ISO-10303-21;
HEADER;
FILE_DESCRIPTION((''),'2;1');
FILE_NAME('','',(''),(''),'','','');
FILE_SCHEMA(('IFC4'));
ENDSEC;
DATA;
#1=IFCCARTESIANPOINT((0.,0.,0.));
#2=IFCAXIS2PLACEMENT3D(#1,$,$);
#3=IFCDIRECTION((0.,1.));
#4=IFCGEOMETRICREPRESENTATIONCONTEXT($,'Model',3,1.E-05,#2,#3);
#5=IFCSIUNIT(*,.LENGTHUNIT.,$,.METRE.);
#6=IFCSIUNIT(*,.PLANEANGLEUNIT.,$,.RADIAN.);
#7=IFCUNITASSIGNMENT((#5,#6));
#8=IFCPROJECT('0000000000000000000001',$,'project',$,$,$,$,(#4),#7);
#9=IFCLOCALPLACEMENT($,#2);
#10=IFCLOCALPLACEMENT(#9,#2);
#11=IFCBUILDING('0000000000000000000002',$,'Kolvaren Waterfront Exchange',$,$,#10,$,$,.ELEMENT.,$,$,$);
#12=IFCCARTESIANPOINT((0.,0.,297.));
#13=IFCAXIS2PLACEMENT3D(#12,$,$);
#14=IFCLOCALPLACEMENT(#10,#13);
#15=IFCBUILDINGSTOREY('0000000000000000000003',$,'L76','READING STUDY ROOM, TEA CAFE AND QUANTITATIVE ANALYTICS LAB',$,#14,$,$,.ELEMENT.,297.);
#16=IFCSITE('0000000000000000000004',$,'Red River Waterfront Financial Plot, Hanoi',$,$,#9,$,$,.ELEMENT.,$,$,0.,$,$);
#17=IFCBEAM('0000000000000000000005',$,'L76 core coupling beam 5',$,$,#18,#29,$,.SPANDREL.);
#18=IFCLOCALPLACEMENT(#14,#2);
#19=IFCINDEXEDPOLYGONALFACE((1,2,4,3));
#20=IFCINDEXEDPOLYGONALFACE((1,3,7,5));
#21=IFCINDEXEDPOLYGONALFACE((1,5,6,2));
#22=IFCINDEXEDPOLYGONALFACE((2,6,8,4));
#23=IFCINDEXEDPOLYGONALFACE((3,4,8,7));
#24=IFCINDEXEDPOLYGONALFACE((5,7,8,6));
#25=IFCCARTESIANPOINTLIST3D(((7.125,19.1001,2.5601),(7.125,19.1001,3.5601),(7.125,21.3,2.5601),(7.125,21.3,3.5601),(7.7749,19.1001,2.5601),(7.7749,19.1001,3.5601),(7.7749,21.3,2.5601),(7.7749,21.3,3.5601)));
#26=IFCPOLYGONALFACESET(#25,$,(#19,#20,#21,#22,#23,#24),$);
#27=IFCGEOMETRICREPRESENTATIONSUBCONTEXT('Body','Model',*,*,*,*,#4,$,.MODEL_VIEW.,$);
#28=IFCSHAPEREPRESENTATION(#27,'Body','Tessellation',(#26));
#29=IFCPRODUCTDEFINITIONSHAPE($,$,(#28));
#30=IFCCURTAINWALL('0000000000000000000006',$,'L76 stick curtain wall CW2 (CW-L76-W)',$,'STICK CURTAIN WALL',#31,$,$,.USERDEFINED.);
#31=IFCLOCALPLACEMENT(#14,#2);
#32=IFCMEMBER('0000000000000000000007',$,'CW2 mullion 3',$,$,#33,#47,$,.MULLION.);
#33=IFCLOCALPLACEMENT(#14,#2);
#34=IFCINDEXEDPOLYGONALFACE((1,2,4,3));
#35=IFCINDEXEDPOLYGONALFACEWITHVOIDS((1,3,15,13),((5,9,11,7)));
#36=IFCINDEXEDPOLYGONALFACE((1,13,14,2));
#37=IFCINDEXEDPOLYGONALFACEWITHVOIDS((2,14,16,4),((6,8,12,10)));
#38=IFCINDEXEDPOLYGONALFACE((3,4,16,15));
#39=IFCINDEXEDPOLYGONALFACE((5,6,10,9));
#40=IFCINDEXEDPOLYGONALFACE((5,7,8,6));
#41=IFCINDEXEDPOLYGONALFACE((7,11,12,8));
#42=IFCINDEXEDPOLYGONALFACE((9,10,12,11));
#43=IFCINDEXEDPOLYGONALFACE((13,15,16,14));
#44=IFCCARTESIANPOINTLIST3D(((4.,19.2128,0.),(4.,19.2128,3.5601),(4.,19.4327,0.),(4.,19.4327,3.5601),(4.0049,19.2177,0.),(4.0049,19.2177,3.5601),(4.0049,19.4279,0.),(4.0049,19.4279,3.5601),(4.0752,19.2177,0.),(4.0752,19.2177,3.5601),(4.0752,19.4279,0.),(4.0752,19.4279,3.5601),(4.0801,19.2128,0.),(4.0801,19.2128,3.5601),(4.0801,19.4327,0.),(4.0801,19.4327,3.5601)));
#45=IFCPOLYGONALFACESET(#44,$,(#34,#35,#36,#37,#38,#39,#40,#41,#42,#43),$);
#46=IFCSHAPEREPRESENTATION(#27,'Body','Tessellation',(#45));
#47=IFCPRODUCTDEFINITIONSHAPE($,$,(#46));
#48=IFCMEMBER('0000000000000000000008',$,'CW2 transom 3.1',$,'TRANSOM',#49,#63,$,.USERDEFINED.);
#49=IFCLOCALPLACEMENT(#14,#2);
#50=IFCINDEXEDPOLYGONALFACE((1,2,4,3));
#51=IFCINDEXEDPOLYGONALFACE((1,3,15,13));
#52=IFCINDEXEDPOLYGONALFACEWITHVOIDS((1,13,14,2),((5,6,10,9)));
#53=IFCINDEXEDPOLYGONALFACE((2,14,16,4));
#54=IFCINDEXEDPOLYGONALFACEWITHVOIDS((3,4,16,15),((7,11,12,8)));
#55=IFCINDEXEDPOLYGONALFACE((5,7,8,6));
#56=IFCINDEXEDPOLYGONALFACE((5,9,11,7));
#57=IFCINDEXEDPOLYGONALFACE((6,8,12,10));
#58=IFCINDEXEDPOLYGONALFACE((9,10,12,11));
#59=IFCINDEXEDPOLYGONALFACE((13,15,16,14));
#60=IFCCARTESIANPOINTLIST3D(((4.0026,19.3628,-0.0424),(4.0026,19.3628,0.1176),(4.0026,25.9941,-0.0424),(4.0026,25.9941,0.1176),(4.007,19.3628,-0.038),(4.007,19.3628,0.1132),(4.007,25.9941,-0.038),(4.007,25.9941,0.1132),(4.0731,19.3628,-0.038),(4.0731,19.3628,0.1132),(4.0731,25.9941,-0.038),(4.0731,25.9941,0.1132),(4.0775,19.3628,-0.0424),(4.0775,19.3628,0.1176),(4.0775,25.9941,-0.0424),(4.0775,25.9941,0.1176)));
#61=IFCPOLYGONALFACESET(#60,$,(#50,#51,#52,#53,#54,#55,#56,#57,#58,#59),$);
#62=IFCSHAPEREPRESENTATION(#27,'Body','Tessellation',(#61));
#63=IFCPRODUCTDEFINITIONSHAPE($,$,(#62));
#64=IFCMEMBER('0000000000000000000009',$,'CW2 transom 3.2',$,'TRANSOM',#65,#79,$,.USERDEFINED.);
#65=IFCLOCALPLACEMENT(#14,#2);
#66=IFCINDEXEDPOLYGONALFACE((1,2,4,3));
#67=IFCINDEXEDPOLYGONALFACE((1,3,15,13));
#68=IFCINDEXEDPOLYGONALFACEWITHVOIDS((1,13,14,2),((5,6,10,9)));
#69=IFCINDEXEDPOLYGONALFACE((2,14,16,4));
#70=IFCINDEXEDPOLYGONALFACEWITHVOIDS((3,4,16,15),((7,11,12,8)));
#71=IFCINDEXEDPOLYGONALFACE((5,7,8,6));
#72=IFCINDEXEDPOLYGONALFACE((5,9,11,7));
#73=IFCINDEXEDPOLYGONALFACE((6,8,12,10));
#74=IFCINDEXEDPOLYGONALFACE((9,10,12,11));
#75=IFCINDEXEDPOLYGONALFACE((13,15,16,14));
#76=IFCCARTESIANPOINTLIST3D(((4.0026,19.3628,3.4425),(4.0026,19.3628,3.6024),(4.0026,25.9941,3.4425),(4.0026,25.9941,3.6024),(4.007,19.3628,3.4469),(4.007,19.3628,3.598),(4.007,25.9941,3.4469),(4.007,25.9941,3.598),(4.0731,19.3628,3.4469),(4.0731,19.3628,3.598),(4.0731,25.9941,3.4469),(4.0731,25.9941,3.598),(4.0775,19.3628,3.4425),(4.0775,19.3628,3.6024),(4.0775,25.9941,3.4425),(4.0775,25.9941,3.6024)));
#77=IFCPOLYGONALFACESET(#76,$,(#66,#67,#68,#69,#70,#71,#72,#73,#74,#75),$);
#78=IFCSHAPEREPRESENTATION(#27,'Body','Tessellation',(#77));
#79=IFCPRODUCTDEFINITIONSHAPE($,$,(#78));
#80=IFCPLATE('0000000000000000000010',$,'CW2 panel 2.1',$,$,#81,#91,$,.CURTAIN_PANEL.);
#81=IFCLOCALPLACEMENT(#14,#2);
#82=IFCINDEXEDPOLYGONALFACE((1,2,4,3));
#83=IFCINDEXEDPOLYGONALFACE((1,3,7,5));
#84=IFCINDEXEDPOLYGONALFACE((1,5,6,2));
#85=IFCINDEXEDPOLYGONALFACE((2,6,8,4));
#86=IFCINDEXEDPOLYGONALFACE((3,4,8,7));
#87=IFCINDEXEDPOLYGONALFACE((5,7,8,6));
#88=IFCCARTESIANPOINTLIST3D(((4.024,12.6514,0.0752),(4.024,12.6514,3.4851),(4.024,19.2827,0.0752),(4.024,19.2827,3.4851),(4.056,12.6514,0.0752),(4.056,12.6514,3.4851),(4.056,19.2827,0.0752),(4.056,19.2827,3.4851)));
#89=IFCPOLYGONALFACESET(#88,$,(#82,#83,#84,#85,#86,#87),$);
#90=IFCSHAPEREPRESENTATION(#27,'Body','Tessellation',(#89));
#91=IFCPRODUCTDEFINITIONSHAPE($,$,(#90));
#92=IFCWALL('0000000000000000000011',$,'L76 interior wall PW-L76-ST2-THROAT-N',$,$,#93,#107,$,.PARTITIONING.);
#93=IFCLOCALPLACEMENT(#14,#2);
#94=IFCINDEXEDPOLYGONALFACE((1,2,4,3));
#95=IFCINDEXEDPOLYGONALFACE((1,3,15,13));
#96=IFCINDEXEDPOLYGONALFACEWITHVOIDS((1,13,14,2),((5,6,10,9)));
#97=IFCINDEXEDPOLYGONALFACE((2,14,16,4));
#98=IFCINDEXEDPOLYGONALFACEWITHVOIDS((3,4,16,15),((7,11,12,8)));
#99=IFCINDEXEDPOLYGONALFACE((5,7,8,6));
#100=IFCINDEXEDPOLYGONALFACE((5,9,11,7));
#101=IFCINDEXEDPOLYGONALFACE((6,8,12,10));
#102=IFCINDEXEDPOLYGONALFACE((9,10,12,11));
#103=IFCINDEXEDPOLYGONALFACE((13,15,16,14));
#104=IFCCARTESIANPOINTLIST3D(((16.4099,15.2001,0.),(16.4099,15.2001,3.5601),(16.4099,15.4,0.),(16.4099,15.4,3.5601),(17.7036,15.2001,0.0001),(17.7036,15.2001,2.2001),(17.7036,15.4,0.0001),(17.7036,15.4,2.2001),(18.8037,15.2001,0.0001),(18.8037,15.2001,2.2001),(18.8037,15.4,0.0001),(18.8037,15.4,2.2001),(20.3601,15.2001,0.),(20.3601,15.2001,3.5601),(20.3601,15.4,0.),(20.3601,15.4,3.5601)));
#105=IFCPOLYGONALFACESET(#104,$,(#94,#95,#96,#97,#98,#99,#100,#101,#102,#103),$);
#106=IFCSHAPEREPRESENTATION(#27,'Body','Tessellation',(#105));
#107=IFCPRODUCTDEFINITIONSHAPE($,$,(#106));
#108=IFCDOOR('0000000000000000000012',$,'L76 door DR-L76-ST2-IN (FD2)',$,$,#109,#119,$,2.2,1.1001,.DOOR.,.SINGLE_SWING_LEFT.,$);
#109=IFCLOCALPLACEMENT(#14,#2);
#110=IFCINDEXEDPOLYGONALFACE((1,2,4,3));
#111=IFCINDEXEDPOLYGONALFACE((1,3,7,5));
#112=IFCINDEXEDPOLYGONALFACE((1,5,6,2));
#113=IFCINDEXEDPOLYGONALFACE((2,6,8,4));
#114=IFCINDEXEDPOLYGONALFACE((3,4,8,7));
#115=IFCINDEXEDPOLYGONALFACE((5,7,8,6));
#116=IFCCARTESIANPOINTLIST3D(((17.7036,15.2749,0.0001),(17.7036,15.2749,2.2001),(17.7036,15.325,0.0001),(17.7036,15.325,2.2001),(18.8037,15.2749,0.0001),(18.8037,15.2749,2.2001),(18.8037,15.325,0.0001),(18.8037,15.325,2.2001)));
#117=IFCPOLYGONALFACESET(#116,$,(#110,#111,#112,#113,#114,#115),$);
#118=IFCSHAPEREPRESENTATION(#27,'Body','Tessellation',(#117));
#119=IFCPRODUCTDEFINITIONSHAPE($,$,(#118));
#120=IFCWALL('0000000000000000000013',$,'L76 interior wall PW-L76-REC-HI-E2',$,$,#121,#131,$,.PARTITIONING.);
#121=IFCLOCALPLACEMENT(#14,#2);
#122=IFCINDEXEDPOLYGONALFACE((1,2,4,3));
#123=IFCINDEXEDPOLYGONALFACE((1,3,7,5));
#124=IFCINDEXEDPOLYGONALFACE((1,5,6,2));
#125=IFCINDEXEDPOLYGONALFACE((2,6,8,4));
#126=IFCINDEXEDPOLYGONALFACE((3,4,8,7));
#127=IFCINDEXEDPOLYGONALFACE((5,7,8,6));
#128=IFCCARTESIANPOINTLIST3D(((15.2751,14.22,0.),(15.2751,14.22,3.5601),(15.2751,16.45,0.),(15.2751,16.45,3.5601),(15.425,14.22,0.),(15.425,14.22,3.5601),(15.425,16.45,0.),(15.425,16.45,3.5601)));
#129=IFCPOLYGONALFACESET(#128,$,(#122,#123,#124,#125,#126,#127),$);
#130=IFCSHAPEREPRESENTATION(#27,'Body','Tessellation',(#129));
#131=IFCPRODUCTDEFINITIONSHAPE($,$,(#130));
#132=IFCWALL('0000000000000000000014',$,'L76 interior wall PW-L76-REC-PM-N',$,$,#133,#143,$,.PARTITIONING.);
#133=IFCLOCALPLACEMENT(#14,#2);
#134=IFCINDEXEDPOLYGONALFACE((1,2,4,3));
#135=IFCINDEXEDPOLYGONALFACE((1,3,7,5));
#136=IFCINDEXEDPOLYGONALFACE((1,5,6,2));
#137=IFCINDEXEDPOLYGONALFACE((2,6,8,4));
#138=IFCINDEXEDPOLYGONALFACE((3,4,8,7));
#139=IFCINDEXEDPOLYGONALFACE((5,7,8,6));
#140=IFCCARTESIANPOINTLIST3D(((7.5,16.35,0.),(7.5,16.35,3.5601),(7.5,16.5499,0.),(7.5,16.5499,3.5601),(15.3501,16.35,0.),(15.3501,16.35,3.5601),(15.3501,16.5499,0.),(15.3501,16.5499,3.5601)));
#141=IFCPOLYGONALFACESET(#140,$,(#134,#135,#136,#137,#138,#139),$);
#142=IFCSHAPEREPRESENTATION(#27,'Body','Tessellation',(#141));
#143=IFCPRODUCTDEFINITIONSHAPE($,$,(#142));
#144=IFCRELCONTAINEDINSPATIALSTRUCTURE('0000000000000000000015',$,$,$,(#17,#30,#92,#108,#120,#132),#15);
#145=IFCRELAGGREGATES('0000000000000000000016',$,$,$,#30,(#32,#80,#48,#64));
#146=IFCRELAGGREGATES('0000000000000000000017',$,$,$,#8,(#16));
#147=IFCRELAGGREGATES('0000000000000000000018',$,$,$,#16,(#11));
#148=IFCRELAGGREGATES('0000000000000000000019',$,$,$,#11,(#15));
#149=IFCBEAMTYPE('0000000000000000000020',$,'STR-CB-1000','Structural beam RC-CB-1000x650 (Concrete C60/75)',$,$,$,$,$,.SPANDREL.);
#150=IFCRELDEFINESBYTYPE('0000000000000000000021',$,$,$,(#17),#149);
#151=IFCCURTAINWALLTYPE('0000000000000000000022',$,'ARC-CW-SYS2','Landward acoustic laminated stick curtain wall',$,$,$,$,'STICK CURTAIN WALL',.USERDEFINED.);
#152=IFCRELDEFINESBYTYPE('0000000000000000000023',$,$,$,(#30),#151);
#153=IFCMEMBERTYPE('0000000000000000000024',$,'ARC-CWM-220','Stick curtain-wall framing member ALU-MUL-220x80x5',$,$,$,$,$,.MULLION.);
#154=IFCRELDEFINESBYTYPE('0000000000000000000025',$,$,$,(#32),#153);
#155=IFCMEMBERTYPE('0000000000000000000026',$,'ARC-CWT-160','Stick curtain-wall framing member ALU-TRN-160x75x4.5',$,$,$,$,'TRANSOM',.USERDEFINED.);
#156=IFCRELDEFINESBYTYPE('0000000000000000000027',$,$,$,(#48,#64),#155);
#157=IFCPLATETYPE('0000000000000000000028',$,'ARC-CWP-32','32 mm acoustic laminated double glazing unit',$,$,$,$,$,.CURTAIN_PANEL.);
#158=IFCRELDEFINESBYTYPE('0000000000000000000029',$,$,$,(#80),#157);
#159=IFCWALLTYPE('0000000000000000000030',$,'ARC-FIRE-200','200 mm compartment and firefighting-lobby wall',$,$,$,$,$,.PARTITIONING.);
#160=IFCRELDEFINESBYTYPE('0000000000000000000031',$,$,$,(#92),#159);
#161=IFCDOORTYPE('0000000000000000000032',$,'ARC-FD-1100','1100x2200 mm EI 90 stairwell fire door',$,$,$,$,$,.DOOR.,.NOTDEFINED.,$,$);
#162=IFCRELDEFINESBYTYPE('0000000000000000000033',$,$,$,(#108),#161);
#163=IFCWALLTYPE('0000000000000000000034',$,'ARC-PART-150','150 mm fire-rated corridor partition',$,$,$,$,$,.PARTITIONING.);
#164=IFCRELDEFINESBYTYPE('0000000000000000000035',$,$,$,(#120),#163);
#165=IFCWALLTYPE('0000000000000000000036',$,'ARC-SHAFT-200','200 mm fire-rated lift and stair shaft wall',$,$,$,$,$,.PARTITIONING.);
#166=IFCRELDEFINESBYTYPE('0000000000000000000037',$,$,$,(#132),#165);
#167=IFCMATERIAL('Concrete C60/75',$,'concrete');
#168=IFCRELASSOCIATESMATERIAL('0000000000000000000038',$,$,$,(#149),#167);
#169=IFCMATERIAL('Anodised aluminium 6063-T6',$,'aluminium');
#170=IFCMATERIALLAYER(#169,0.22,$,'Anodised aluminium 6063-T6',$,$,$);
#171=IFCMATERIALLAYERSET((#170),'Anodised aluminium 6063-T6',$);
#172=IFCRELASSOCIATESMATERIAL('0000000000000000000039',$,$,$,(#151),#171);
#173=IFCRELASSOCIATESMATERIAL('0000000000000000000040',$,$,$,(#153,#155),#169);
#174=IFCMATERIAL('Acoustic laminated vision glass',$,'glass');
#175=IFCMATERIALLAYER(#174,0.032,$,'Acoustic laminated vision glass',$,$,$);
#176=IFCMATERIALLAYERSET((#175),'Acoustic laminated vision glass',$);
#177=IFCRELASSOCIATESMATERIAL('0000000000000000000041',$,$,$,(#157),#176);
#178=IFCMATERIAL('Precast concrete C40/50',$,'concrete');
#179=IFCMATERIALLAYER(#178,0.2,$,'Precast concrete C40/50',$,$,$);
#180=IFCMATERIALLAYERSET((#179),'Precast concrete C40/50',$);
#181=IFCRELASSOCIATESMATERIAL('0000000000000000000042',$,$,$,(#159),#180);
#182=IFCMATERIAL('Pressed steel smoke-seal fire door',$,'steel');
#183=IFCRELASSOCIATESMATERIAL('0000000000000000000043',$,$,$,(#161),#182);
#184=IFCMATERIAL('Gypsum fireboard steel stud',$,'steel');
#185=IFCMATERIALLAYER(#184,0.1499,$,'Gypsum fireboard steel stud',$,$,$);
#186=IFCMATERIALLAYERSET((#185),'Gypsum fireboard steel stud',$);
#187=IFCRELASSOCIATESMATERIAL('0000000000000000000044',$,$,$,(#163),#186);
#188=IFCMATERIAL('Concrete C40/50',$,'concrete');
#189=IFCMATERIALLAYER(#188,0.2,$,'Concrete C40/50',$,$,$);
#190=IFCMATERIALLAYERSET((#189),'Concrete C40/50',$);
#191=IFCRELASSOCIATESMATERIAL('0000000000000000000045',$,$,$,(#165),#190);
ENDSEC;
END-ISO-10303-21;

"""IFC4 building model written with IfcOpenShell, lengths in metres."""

from ifc_helpers import new_model, si_unit, direction, frame, frame_2d, origin, origin_with_axes, origin_2d, place, context, subcontext, project, spatial, rectangle, hollow_rectangle, extrude, source, transform, mapped, material, layer, layer_set, material_profile, profile_set, type_object, element, fill, aggregate, save


model = new_model("IFC4")

# Units and contexts
model_context = context("Model", 3, precision=1e-05, world=origin(), true_north=direction((0.0, 1.0)))
body_context = subcontext(model_context, "Body", "Model", "MODEL_VIEW")
ifc_project = project(units=[si_unit("LENGTHUNIT", "METRE"), si_unit("PLANEANGLEUNIT", "RADIAN")], contexts=[model_context])

# Site, building, storey
site_placement = place(None, origin())
site = spatial("IfcSite", under=ifc_project, at=site_placement, Name="Red River Waterfront Financial Plot, Hanoi", CompositionType="ELEMENT", RefElevation=0.0)
building_placement = place(site_placement, origin())
building = spatial("IfcBuilding", under=site, at=building_placement, Name="Kolvaren Waterfront Exchange", CompositionType="ELEMENT")
storey_placement = place(building_placement, frame((0.0, 0.0, 297.0)))
storey = spatial("IfcBuildingStorey", under=building, at=storey_placement, Name="L76", Description="READING STUDY ROOM, TEA CAFE AND QUANTITATIVE ANALYTICS LAB", CompositionType="ELEMENT", Elevation=297.0)

# Beam
ifc_material_1 = material(Name="Concrete C60/75", Category="concrete")
ifc_material_profile_1 = material_profile(ifc_material_1, rectangle(XDim=0.6499, YDim=1.0, at=origin_2d()), Name="RC-CB-1000x650")
ifc_profile_set_1 = profile_set([ifc_material_profile_1], Name="Concrete C60/75")
beam_type = type_object("IfcBeamType", Name="STR-CB-1000", Description="Structural beam RC-CB-1000x650 (Concrete C60/75)", PredefinedType="SPANDREL", material=ifc_profile_set_1)
beam_placement = place(storey_placement, frame((7.45, 19.1001, 3.0601), z_axis=(0.0, 1.0, 0.0), x_axis=(-1.0, 0.0, 0.0)))
element("IfcBeam", 1, at=beam_placement, inside=storey, type_object=beam_type, Name="L76 core coupling beam 5", PredefinedType="SPANDREL", context=body_context, shape_type="SweptSolid", body=[
    extrude(rectangle(XDim=0.6499, YDim=1.0, at=origin_2d()), origin(), (0.0, 0.0, 1.0), 2.2),
])

# Curtain wall, members, plate
ifc_material_2 = material(Name="Anodised aluminium 6063-T6", Category="aluminium")
ifc_layer_1 = layer(ifc_material_2, 0.22, Name="Anodised aluminium 6063-T6")
ifc_layer_set_1 = layer_set([ifc_layer_1], Name="Anodised aluminium 6063-T6")
curtain_wall_type = type_object("IfcCurtainWallType", Name="ARC-CW-SYS2", Description="Landward acoustic laminated stick curtain wall", ElementType="STICK CURTAIN WALL", PredefinedType="USERDEFINED", material=ifc_layer_set_1)
curtain_wall_placement = place(storey_placement, origin())
curtain_wall = element("IfcCurtainWall", 2, at=curtain_wall_placement, inside=storey, type_object=curtain_wall_type, Name="L76 stick curtain wall CW2 (CW-L76-W)", ObjectType="STICK CURTAIN WALL", PredefinedType="USERDEFINED")
ifc_material_profile_2 = material_profile(ifc_material_2, hollow_rectangle(XDim=0.0801, YDim=0.22, WallThickness=0.0049, at=origin_2d()), Name="ALU-MUL-220x80x5")
ifc_profile_set_2 = profile_set([ifc_material_profile_2], Name="Anodised aluminium 6063-T6")
member_type_1 = type_object("IfcMemberType", Name="ARC-CWM-220", Description="Stick curtain-wall framing member ALU-MUL-220x80x5", PredefinedType="MULLION", material=ifc_profile_set_2)
shared_shape_1 = source(origin_with_axes(), body_context, "Body", "SweptSolid", [
    extrude(hollow_rectangle(XDim=0.0801, YDim=0.22, WallThickness=0.0049, at=origin_2d()), origin(), (0.0, 0.0, 1.0), 3.5601),
])
member_1_placement = place(storey_placement, frame((4.04, 19.3228, 0.0), z_axis=(0.0, 0.0, 1.0), x_axis=(-1.0, 0.0, 0.0)))
member_1 = element("IfcMember", 3, at=member_1_placement, type_object=member_type_1, Name="CW2 mullion 3", PredefinedType="MULLION", context=body_context, shape_type="MappedRepresentation", body=[
    mapped(shared_shape_1, transform((0.0, 0.0, 0.0), x_axis=(1.0, 0.0, 0.0), y_axis=(0.0, 1.0, 0.0), z_axis=(0.0, 0.0, 1.0), scale=1.0)),
])
ifc_material_profile_3 = material_profile(ifc_material_2, hollow_rectangle(XDim=0.075, YDim=0.1599, WallThickness=0.0044, at=origin_2d()), Name="ALU-TRN-160x75x4.5")
ifc_profile_set_3 = profile_set([ifc_material_profile_3], Name="Anodised aluminium 6063-T6")
member_type_2 = type_object("IfcMemberType", Name="ARC-CWT-160", Description="Stick curtain-wall framing member ALU-TRN-160x75x4.5", ElementType="TRANSOM", PredefinedType="USERDEFINED", material=ifc_profile_set_3)
shared_shape_2 = source(origin_with_axes(), body_context, "Body", "SweptSolid", [
    extrude(hollow_rectangle(XDim=0.075, YDim=0.1599, WallThickness=0.0044, at=origin_2d()), origin(), (0.0, 0.0, 1.0), 6.6313),
])
member_2_placement = place(storey_placement, frame((4.04, 19.3628, 0.0376), z_axis=(0.0, 1.0, 0.0), x_axis=(-1.0, 0.0, 0.0)))
member_2 = element("IfcMember", 4, at=member_2_placement, type_object=member_type_2, Name="CW2 transom 3.1", ObjectType="TRANSOM", PredefinedType="USERDEFINED", context=body_context, shape_type="MappedRepresentation", body=[
    mapped(shared_shape_2, transform((0.0, 0.0, 0.0), x_axis=(1.0, 0.0, 0.0), y_axis=(0.0, 1.0, 0.0), z_axis=(0.0, 0.0, 1.0), scale=1.0)),
])
member_3_placement = place(storey_placement, frame((4.04, 19.3628, 3.5225), z_axis=(0.0, 1.0, 0.0), x_axis=(-1.0, 0.0, 0.0)))
member_3 = element("IfcMember", 5, at=member_3_placement, type_object=member_type_2, Name="CW2 transom 3.2", ObjectType="TRANSOM", PredefinedType="USERDEFINED", context=body_context, shape_type="MappedRepresentation", body=[
    mapped(shared_shape_2, transform((0.0, 0.0, 0.0), x_axis=(1.0, 0.0, 0.0), y_axis=(0.0, 1.0, 0.0), z_axis=(0.0, 0.0, 1.0), scale=1.0)),
])
ifc_material_3 = material(Name="Acoustic laminated vision glass", Category="glass")
ifc_layer_2 = layer(ifc_material_3, 0.032, Name="Acoustic laminated vision glass")
ifc_layer_set_2 = layer_set([ifc_layer_2], Name="Acoustic laminated vision glass")
plate_type = type_object("IfcPlateType", Name="ARC-CWP-32", Description="32 mm acoustic laminated double glazing unit", PredefinedType="CURTAIN_PANEL", material=ifc_layer_set_2)
shared_shape_3 = source(origin_with_axes(), body_context, "Body", "SweptSolid", [
    extrude(rectangle(XDim=6.6313, YDim=0.032, at=origin_2d()), origin(), (0.0, 0.0, 1.0), 3.4099),
])
plate_placement = place(storey_placement, frame((4.04, 15.967, 0.0752), z_axis=(0.0, 0.0, 1.0), x_axis=(0.0, 1.0, 0.0)))
plate = element("IfcPlate", 6, at=plate_placement, type_object=plate_type, Name="CW2 panel 2.1", PredefinedType="CURTAIN_PANEL", context=body_context, shape_type="MappedRepresentation", body=[
    mapped(shared_shape_3, transform((0.0, 0.0, 0.0), x_axis=(1.0, 0.0, 0.0), y_axis=(0.0, 1.0, 0.0), z_axis=(0.0, 0.0, 1.0), scale=1.0)),
])
aggregate(curtain_wall, [member_1, plate, member_2, member_3])

# Wall, opening, door
ifc_material_4 = material(Name="Precast concrete C40/50", Category="concrete")
ifc_layer_3 = layer(ifc_material_4, 0.2, Name="Precast concrete C40/50")
ifc_layer_set_3 = layer_set([ifc_layer_3], Name="Precast concrete C40/50")
wall_type_1 = type_object("IfcWallType", Name="ARC-FIRE-200", Description="200 mm compartment and firefighting-lobby wall", PredefinedType="PARTITIONING", material=ifc_layer_set_3)
wall_1_placement = place(storey_placement, frame((16.4099, 15.3, 0.0), z_axis=(0.0, 0.0, 1.0), x_axis=(1.0, 0.0, 0.0)))
wall_1 = element("IfcWall", 7, at=wall_1_placement, inside=storey, type_object=wall_type_1, Name="L76 interior wall PW-L76-ST2-THROAT-N", PredefinedType="PARTITIONING", context=body_context, shape_type="SweptSolid", body=[
    extrude(rectangle(XDim=3.9502, YDim=0.2, at=frame_2d((1.9751, 0.0))), origin(), (0.0, 0.0, 1.0), 3.5601),
])
opening_1_placement = place(wall_1_placement, frame((1.2937, 0.0, 0.0)))
opening_1 = element("IfcOpeningElement", 8, at=opening_1_placement, cuts=wall_1, PredefinedType="OPENING", context=body_context, shape_type="SweptSolid", body=[
    extrude(rectangle(XDim=1.1001, YDim=2.2, at=frame_2d((0.55, 1.1001))), frame((0.0, 0.1099, 0.0), z_axis=(0.0, -1.0, 0.0), x_axis=(1.0, 0.0, 0.0)), (0.0, 0.0, 1.0), 0.22),
])
ifc_material_5 = material(Name="Pressed steel smoke-seal fire door", Category="steel")
door_type_1 = type_object("IfcDoorType", Name="ARC-FD-1100", Description="1100x2200 mm EI 90 stairwell fire door", OperationType="NOTDEFINED", PredefinedType="DOOR", material=ifc_material_5)
door_1_placement = place(opening_1_placement, origin())
door_1 = element("IfcDoor", 9, at=door_1_placement, inside=storey, type_object=door_type_1, Name="L76 door DR-L76-ST2-IN (FD2)", OperationType="SINGLE_SWING_LEFT", OverallHeight=2.2, OverallWidth=1.1001, PredefinedType="DOOR", context=body_context, shape_type="SweptSolid", body=[
    extrude(rectangle(XDim=1.1001, YDim=2.2, at=frame_2d((0.55, 1.1001))), frame((0.0, 0.0249, 0.0), z_axis=(0.0, -1.0, 0.0), x_axis=(1.0, 0.0, 0.0)), (0.0, 0.0, 1.0), 0.05),
])
fill(opening_1, door_1)

# Walls
ifc_material_6 = material(Name="Gypsum fireboard steel stud", Category="steel")
ifc_layer_4 = layer(ifc_material_6, 0.1499, Name="Gypsum fireboard steel stud")
ifc_layer_set_4 = layer_set([ifc_layer_4], Name="Gypsum fireboard steel stud")
wall_type_2 = type_object("IfcWallType", Name="ARC-PART-150", Description="150 mm fire-rated corridor partition", PredefinedType="PARTITIONING", material=ifc_layer_set_4)
wall_2_placement = place(storey_placement, frame((15.3501, 14.22, 0.0), z_axis=(0.0, 0.0, 1.0), x_axis=(0.0, 1.0, 0.0)))
element("IfcWall", 10, at=wall_2_placement, inside=storey, type_object=wall_type_2, Name="L76 interior wall PW-L76-REC-HI-E2", PredefinedType="PARTITIONING", context=body_context, shape_type="SweptSolid", body=[
    extrude(rectangle(XDim=2.23, YDim=0.1499, at=frame_2d((1.115, 0.0))), origin(), (0.0, 0.0, 1.0), 3.5601),
])
ifc_material_7 = material(Name="Concrete C40/50", Category="concrete")
ifc_layer_5 = layer(ifc_material_7, 0.2, Name="Concrete C40/50")
ifc_layer_set_5 = layer_set([ifc_layer_5], Name="Concrete C40/50")
wall_type_3 = type_object("IfcWallType", Name="ARC-SHAFT-200", Description="200 mm fire-rated lift and stair shaft wall", PredefinedType="PARTITIONING", material=ifc_layer_set_5)
wall_3_placement = place(storey_placement, frame((7.5, 16.45, 0.0), z_axis=(0.0, 0.0, 1.0), x_axis=(1.0, 0.0, 0.0)))
element("IfcWall", 11, at=wall_3_placement, inside=storey, type_object=wall_type_3, Name="L76 interior wall PW-L76-REC-PM-N", PredefinedType="PARTITIONING", context=body_context, shape_type="SweptSolid", body=[
    extrude(rectangle(XDim=7.8501, YDim=0.2, at=frame_2d((3.925, 0.0))), origin(), (0.0, 0.0, 1.0), 3.5601),
])

save(model, "model.ifc")
